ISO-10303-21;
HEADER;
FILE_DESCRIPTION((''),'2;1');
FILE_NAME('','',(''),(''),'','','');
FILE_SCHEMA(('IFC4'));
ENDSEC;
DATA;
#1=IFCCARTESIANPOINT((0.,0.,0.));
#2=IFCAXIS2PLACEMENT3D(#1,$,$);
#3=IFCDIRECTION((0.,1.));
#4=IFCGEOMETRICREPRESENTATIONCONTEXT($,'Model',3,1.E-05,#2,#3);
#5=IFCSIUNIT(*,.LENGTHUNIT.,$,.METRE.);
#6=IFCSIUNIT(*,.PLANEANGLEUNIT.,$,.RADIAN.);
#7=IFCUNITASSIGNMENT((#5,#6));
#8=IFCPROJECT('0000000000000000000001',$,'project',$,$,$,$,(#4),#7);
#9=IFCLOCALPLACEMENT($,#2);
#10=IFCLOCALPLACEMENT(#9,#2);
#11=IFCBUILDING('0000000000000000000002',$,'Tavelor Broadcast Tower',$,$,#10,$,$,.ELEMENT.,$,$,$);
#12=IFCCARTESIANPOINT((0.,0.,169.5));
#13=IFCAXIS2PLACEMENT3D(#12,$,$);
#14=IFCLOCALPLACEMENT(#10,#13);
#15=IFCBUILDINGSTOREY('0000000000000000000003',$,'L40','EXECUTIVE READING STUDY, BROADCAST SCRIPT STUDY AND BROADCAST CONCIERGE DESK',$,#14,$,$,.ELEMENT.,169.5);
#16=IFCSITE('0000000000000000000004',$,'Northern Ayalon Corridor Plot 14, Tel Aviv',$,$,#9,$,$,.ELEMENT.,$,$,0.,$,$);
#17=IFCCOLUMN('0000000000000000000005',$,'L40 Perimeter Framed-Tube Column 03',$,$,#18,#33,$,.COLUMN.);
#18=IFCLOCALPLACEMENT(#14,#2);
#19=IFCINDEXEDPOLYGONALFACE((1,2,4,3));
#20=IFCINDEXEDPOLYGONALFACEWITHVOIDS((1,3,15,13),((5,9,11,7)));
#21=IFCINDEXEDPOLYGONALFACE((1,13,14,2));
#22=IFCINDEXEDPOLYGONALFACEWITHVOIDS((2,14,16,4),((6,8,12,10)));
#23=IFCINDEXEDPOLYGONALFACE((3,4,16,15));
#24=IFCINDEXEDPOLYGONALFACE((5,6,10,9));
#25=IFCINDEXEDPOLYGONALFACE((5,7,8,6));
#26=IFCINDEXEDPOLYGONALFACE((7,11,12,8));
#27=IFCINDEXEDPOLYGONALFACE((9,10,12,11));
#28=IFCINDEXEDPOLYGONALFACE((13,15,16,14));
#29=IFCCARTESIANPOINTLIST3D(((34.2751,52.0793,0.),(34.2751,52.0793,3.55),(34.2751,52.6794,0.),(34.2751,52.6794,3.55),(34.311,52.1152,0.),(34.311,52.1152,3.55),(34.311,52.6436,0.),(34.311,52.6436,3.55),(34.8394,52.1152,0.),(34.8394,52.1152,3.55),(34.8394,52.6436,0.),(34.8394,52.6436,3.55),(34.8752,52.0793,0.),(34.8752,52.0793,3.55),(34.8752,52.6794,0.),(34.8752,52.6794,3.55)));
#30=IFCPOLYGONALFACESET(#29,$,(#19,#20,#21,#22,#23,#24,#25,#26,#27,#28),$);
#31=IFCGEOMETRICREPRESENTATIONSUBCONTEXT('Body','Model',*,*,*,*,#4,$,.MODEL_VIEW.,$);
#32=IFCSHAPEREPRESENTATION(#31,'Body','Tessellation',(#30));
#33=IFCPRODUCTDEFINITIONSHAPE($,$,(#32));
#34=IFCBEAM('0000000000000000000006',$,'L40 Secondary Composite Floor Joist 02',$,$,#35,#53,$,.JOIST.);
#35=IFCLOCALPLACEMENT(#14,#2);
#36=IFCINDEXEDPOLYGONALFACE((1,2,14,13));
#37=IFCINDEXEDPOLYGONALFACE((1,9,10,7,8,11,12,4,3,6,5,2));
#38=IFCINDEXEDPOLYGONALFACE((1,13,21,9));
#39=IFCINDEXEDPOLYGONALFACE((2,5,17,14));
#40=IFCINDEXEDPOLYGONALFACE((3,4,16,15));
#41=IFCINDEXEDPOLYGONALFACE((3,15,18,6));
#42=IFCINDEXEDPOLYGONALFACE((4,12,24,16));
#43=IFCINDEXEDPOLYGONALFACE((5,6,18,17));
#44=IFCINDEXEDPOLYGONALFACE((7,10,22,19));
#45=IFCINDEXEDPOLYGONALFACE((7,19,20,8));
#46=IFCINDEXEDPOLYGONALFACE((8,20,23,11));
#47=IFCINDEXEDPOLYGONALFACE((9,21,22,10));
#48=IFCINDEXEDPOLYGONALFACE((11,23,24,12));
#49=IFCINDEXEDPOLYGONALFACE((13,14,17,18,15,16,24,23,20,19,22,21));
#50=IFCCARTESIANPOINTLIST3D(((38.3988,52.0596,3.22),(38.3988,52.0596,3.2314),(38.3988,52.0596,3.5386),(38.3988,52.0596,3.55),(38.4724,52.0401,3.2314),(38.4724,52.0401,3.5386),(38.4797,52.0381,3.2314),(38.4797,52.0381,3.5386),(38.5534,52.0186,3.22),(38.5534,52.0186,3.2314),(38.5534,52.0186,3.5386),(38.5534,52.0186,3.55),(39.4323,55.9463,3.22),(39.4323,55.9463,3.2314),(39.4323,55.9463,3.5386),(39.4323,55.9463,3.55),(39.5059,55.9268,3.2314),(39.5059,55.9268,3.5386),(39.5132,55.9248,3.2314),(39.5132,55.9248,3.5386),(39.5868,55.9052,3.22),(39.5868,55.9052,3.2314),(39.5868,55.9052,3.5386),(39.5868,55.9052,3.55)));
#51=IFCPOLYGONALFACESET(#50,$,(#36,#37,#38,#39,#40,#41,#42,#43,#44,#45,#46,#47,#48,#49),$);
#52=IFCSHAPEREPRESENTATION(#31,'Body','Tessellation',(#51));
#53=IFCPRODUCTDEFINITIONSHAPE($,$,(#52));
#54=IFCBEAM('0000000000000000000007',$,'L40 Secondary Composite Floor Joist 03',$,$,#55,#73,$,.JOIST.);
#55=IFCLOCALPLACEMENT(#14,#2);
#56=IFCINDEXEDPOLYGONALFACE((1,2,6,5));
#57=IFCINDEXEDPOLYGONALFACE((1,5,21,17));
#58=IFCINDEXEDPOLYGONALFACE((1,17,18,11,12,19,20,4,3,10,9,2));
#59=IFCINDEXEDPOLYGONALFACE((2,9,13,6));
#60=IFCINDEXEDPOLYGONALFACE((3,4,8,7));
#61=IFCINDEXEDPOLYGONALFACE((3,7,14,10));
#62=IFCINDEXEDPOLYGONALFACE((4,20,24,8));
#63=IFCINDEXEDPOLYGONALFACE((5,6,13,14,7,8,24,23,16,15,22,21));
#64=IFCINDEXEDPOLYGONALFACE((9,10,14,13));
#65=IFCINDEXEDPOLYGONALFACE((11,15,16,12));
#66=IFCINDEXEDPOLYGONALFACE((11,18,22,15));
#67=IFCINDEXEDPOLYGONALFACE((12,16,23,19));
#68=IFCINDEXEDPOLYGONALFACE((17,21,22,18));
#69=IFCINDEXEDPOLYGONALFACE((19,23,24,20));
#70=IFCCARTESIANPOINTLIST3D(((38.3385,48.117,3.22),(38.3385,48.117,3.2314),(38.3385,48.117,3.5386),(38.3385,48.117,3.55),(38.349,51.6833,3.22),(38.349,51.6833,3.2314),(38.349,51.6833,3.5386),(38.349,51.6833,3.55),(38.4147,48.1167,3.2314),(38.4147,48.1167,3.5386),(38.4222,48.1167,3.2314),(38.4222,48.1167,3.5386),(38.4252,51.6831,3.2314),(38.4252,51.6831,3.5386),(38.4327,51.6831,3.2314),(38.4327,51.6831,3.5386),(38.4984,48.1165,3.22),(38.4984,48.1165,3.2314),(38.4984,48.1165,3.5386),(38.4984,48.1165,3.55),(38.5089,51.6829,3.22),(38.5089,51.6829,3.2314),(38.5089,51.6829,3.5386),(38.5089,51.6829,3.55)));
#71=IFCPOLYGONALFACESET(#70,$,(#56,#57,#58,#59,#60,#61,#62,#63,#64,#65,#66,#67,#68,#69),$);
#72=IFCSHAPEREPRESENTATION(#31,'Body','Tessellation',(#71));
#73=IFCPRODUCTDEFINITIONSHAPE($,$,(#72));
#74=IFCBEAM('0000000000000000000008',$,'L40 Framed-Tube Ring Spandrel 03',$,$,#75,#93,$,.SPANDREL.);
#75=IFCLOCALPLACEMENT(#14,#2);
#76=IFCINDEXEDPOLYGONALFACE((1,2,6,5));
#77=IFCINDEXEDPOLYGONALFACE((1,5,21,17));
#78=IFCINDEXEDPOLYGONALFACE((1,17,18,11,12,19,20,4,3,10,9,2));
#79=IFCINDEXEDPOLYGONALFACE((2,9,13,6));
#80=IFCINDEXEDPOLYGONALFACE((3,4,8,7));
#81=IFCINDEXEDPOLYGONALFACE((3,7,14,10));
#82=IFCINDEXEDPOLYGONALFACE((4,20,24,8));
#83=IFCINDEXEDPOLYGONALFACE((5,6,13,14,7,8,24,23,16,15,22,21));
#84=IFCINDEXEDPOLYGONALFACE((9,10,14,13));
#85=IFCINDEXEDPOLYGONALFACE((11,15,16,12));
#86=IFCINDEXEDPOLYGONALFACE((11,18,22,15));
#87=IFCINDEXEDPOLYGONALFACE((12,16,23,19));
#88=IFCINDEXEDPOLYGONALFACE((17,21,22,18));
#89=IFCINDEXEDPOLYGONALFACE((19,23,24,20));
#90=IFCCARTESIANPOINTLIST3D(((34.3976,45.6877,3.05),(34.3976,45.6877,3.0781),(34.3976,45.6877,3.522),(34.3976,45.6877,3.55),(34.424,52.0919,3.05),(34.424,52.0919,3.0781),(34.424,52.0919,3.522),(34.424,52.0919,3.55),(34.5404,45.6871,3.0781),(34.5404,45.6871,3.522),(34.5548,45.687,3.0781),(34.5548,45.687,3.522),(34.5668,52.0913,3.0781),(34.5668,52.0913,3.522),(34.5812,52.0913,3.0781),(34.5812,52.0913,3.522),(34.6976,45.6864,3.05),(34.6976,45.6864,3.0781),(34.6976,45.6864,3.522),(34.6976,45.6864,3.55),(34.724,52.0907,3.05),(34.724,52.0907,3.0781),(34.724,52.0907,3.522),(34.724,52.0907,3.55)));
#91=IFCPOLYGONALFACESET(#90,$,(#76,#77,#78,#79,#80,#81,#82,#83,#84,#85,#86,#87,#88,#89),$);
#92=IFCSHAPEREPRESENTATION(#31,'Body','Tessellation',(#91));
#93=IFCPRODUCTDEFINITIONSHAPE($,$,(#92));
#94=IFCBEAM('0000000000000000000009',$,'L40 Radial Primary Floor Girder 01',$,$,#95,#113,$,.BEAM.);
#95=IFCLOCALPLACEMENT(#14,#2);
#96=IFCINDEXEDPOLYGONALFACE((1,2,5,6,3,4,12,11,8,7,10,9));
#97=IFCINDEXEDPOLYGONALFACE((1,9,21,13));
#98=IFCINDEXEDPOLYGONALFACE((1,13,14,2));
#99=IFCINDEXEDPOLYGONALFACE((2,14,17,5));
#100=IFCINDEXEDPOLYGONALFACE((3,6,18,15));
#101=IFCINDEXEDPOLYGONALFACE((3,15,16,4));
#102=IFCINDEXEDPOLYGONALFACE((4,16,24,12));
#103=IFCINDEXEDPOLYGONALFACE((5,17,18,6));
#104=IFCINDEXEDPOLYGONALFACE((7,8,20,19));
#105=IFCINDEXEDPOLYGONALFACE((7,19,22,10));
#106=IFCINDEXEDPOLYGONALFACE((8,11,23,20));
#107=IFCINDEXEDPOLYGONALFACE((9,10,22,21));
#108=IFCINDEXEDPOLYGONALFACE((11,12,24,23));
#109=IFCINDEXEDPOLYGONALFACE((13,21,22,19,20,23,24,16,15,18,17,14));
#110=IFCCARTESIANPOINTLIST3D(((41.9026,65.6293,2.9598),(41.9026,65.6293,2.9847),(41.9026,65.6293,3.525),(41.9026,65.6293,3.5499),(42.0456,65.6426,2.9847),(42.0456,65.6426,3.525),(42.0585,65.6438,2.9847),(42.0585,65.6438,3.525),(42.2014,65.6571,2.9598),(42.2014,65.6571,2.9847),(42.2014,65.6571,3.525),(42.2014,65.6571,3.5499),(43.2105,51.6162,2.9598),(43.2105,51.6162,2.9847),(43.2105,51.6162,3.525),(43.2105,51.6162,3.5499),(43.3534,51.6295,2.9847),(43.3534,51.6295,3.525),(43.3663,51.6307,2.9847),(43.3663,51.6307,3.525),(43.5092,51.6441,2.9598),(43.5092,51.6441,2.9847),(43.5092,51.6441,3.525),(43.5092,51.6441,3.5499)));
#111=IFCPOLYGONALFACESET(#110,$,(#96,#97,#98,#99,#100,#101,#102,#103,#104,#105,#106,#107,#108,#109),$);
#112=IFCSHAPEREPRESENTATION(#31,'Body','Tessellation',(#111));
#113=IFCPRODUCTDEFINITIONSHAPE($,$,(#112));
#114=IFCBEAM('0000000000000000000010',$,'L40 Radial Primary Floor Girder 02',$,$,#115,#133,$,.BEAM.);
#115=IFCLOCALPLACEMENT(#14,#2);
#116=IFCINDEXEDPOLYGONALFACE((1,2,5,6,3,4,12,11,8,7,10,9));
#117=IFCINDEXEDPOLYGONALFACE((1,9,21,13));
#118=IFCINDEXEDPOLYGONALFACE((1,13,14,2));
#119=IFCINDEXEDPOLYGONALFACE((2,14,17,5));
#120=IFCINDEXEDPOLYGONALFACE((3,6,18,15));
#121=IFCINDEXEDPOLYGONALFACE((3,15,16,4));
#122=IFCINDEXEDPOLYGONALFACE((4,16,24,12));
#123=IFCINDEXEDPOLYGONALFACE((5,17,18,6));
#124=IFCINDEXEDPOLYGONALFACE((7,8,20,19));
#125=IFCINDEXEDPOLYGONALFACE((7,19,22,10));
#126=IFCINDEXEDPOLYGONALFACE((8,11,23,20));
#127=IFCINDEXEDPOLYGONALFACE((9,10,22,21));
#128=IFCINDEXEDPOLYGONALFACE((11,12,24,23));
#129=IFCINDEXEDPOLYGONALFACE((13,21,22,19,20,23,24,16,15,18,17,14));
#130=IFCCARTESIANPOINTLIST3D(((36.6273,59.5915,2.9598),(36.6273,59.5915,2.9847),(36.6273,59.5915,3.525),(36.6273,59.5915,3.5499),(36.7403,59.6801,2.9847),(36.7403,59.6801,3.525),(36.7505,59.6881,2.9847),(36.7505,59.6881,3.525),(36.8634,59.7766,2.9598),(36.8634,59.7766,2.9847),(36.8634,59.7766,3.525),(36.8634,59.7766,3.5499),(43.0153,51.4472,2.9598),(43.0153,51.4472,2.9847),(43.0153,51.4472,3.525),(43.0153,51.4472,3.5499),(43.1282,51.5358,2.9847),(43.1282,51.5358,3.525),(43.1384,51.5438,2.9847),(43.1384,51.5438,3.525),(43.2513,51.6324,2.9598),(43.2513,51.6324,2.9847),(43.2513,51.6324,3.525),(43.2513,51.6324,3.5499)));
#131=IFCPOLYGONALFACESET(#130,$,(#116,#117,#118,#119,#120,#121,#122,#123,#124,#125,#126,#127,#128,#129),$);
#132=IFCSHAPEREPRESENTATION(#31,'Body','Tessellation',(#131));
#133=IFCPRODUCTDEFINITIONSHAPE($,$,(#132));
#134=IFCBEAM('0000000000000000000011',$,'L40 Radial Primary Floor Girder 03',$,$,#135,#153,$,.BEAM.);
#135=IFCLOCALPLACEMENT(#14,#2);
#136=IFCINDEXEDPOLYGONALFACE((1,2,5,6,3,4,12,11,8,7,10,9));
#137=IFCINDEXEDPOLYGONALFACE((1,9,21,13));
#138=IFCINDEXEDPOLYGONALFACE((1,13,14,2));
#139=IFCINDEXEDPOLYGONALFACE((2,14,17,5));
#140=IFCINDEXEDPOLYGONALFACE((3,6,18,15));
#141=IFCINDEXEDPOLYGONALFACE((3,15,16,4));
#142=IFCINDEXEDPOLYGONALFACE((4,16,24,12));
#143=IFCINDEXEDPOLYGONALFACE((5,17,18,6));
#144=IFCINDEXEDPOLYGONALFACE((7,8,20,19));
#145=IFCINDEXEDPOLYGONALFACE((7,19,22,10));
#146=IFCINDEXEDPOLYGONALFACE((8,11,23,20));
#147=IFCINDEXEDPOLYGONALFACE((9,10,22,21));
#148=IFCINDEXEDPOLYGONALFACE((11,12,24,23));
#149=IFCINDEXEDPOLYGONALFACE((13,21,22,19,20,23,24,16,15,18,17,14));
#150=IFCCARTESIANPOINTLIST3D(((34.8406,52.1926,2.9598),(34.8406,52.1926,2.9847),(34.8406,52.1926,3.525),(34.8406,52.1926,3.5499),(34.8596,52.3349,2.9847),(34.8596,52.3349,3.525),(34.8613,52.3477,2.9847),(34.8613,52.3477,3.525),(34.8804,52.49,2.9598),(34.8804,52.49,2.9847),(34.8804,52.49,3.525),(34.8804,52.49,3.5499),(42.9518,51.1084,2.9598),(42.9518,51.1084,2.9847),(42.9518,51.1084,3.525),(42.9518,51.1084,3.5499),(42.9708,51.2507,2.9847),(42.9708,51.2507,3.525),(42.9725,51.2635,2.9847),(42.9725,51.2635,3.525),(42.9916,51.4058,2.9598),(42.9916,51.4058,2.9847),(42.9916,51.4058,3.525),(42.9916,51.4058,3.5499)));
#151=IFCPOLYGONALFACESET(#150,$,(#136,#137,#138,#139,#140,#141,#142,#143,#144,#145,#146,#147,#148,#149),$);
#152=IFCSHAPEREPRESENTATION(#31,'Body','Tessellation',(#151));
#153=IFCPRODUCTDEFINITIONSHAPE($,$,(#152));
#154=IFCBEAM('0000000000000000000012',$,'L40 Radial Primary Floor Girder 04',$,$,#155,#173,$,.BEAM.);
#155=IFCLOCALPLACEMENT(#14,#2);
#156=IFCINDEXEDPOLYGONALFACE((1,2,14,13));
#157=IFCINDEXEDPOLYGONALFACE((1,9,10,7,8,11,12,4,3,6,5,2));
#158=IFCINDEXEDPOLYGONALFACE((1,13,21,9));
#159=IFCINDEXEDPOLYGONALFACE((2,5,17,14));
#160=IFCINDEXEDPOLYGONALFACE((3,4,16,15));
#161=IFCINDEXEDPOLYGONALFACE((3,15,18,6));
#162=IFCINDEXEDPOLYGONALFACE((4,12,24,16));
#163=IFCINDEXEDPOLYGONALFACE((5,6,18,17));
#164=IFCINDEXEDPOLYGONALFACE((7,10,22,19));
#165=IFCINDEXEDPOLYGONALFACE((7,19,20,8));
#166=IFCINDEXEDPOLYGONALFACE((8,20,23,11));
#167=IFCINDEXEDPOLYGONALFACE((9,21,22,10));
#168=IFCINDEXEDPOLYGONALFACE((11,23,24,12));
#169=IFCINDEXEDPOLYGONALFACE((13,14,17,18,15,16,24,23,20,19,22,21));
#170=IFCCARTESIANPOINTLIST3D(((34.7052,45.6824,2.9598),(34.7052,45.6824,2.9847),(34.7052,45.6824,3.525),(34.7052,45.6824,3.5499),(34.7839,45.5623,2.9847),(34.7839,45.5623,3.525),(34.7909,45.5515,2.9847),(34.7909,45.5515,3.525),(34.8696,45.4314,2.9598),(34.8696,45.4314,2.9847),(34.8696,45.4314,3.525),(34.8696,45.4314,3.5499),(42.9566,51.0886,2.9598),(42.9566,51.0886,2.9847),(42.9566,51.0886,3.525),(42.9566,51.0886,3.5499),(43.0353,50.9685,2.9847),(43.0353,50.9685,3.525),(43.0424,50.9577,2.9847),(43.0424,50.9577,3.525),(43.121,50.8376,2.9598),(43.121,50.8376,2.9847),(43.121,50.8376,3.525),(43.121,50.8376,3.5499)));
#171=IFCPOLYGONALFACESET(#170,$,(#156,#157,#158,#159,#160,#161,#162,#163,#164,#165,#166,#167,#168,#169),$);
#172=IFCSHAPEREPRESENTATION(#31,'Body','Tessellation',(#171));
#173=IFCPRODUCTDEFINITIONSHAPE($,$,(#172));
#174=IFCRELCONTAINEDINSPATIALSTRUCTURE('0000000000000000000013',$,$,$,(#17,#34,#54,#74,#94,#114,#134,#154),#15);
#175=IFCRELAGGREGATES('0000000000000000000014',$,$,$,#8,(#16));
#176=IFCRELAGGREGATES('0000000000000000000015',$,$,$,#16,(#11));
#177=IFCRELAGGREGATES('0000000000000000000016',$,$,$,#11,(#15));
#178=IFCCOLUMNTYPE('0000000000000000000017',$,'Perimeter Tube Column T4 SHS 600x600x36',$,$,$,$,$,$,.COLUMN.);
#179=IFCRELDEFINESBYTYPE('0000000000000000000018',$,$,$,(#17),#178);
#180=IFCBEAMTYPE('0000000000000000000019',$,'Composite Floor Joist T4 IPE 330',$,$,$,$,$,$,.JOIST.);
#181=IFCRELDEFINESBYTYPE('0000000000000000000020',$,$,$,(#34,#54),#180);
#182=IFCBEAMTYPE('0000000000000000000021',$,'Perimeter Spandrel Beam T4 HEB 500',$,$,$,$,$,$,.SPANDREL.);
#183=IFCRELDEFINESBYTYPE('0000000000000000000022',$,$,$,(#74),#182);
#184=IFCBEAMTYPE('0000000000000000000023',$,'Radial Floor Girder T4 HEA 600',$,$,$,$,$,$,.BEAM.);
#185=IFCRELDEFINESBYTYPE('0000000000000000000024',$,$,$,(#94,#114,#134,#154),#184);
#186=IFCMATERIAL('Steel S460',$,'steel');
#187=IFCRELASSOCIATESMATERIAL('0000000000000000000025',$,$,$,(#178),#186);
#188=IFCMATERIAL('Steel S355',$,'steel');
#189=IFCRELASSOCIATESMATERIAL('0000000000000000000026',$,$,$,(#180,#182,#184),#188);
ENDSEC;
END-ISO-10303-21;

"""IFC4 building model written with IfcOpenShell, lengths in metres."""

from ifc_helpers import new_model, si_unit, direction, frame, origin, origin_2d, place, context, subcontext, project, spatial, hollow_rectangle, i_section, extrude, material, material_profile, profile_set, type_object, element, save


model = new_model("IFC4")

# Units and contexts
model_context = context("Model", 3, precision=1e-05, world=origin(), true_north=direction((0.0, 1.0)))
body_context = subcontext(model_context, "Body", "Model", "MODEL_VIEW")
ifc_project = project(units=[si_unit("LENGTHUNIT", "METRE"), si_unit("PLANEANGLEUNIT", "RADIAN")], contexts=[model_context])

# Site, building, storey
site_placement = place(None, origin())
site = spatial("IfcSite", under=ifc_project, at=site_placement, Name="Northern Ayalon Corridor Plot 14, Tel Aviv", CompositionType="ELEMENT", RefElevation=0.0)
building_placement = place(site_placement, origin())
building = spatial("IfcBuilding", under=site, at=building_placement, Name="Tavelor Broadcast Tower", CompositionType="ELEMENT")
storey_placement = place(building_placement, frame((0.0, 0.0, 169.5)))
storey = spatial("IfcBuildingStorey", under=building, at=storey_placement, Name="L40", Description="EXECUTIVE READING STUDY, BROADCAST SCRIPT STUDY AND BROADCAST CONCIERGE DESK", CompositionType="ELEMENT", Elevation=169.5)

# Column
ifc_material_1 = material(Name="Steel S460", Category="steel")
ifc_material_profile_1 = material_profile(ifc_material_1, hollow_rectangle(XDim=0.6001, YDim=0.6001, WallThickness=0.0359, at=origin_2d()), Name="SHS 600x600x36")
ifc_profile_set_1 = profile_set([ifc_material_profile_1], Name="Steel S460")
column_type = type_object("IfcColumnType", Name="Perimeter Tube Column T4 SHS 600x600x36", PredefinedType="COLUMN", material=ifc_profile_set_1)
column_placement = place(storey_placement, frame((34.5752, 52.3794, 0.0), z_axis=(0.0, 0.0, 1.0), x_axis=(1.0, 0.0, 0.0)))
element("IfcColumn", 1, at=column_placement, inside=storey, type_object=column_type, Name="L40 Perimeter Framed-Tube Column 03", PredefinedType="COLUMN", context=body_context, shape_type="SweptSolid", body=[
    extrude(hollow_rectangle(XDim=0.6001, YDim=0.6001, WallThickness=0.0359, at=origin_2d()), origin(), (0.0, 0.0, 1.0), 3.55),
])

# Beams
ifc_material_2 = material(Name="Steel S355", Category="steel")
ifc_material_profile_2 = material_profile(ifc_material_2, i_section(OverallWidth=0.1599, OverallDepth=0.3301, WebThickness=0.0076, FlangeThickness=0.0115, at=origin_2d()), Name="IPE 330")
ifc_profile_set_2 = profile_set([ifc_material_profile_2], Name="Steel S355")
beam_type_1 = type_object("IfcBeamType", Name="Composite Floor Joist T4 IPE 330", PredefinedType="JOIST", material=ifc_profile_set_2)
beam_1_placement = place(storey_placement, frame((39.5095, 55.9258, 3.385), z_axis=(-0.256964, -0.966421, 0.0), x_axis=(0.966421, -0.256964, 0.0)))
element("IfcBeam", 2, at=beam_1_placement, inside=storey, type_object=beam_type_1, Name="L40 Secondary Composite Floor Joist 02", PredefinedType="JOIST", context=body_context, shape_type="SweptSolid", body=[
    extrude(i_section(OverallWidth=0.1599, OverallDepth=0.3301, WebThickness=0.0076, FlangeThickness=0.0115, at=origin_2d()), origin(), (0.0, 0.0, 1.0), 4.0217),
])
beam_2_placement = place(storey_placement, frame((38.429, 51.6831, 3.385), z_axis=(-0.002944, -0.999996, 0.0), x_axis=(0.999996, -0.002944, 0.0)))
element("IfcBeam", 3, at=beam_2_placement, inside=storey, type_object=beam_type_1, Name="L40 Secondary Composite Floor Joist 03", PredefinedType="JOIST", context=body_context, shape_type="SweptSolid", body=[
    extrude(i_section(OverallWidth=0.1599, OverallDepth=0.3301, WebThickness=0.0076, FlangeThickness=0.0115, at=origin_2d()), origin(), (0.0, 0.0, 1.0), 3.5664),
])
ifc_material_profile_3 = material_profile(ifc_material_2, i_section(OverallWidth=0.3, OverallDepth=0.5, WebThickness=0.0144, FlangeThickness=0.0281, at=origin_2d()), Name="HEB 500")
ifc_profile_set_3 = profile_set([ifc_material_profile_3], Name="Steel S355")
beam_type_2 = type_object("IfcBeamType", Name="Perimeter Spandrel Beam T4 HEB 500", PredefinedType="SPANDREL", material=ifc_profile_set_3)
beam_3_placement = place(storey_placement, frame((34.574, 52.0913, 3.3), z_axis=(-0.004117, -0.999992, 0.0), x_axis=(0.999992, -0.004117, 0.0)))
element("IfcBeam", 4, at=beam_3_placement, inside=storey, type_object=beam_type_2, Name="L40 Framed-Tube Ring Spandrel 03", PredefinedType="SPANDREL", context=body_context, shape_type="SweptSolid", body=[
    extrude(i_section(OverallWidth=0.3, OverallDepth=0.5, WebThickness=0.0144, FlangeThickness=0.0281, at=origin_2d()), origin(), (0.0, 0.0, 1.0), 6.4043),
])
ifc_material_profile_4 = material_profile(ifc_material_2, i_section(OverallWidth=0.3, OverallDepth=0.5901, WebThickness=0.0129, FlangeThickness=0.0249, at=origin_2d()), Name="HEA 600")
ifc_profile_set_4 = profile_set([ifc_material_profile_4], Name="Steel S355")
beam_type_3 = type_object("IfcBeamType", Name="Radial Floor Girder T4 HEA 600", PredefinedType="BEAM", material=ifc_profile_set_4)
beam_4_placement = place(storey_placement, frame((43.3599, 51.6301, 3.2549), z_axis=(-0.092927, 0.995673, 0.0), x_axis=(-0.995673, -0.092927, 0.0)))
element("IfcBeam", 5, at=beam_4_placement, inside=storey, type_object=beam_type_3, Name="L40 Radial Primary Floor Girder 01", PredefinedType="BEAM", context=body_context, shape_type="SweptSolid", body=[
    extrude(i_section(OverallWidth=0.3, OverallDepth=0.5901, WebThickness=0.0129, FlangeThickness=0.0249, at=origin_2d()), origin(), (0.0, 0.0, 1.0), 14.074),
])
beam_5_placement = place(storey_placement, frame((43.1333, 51.5398, 3.2549), z_axis=(-0.617156, 0.786841, 0.0), x_axis=(-0.786841, -0.617156, 0.0)))
element("IfcBeam", 6, at=beam_5_placement, inside=storey, type_object=beam_type_3, Name="L40 Radial Primary Floor Girder 02", PredefinedType="BEAM", context=body_context, shape_type="SweptSolid", body=[
    extrude(i_section(OverallWidth=0.3, OverallDepth=0.5901, WebThickness=0.0129, FlangeThickness=0.0249, at=origin_2d()), origin(), (0.0, 0.0, 1.0), 10.3506),
])
beam_6_placement = place(storey_placement, frame((42.9717, 51.2571, 3.2549), z_axis=(-0.991184, 0.132494, 0.0), x_axis=(-0.132494, -0.991184, 0.0)))
element("IfcBeam", 7, at=beam_6_placement, inside=storey, type_object=beam_type_3, Name="L40 Radial Primary Floor Girder 03", PredefinedType="BEAM", context=body_context, shape_type="SweptSolid", body=[
    extrude(i_section(OverallWidth=0.3, OverallDepth=0.5901, WebThickness=0.0129, FlangeThickness=0.0249, at=origin_2d()), origin(), (0.0, 0.0, 1.0), 8.1833),
])
beam_7_placement = place(storey_placement, frame((43.0388, 50.9631, 3.2549), z_axis=(-0.836456, -0.548035, 0.0), x_axis=(0.548035, -0.836456, 0.0)))
element("IfcBeam", 8, at=beam_7_placement, inside=storey, type_object=beam_type_3, Name="L40 Radial Primary Floor Girder 04", PredefinedType="BEAM", context=body_context, shape_type="SweptSolid", body=[
    extrude(i_section(OverallWidth=0.3, OverallDepth=0.5901, WebThickness=0.0129, FlangeThickness=0.0249, at=origin_2d()), origin(), (0.0, 0.0, 1.0), 9.8647),
])

save(model, "model.ifc")
